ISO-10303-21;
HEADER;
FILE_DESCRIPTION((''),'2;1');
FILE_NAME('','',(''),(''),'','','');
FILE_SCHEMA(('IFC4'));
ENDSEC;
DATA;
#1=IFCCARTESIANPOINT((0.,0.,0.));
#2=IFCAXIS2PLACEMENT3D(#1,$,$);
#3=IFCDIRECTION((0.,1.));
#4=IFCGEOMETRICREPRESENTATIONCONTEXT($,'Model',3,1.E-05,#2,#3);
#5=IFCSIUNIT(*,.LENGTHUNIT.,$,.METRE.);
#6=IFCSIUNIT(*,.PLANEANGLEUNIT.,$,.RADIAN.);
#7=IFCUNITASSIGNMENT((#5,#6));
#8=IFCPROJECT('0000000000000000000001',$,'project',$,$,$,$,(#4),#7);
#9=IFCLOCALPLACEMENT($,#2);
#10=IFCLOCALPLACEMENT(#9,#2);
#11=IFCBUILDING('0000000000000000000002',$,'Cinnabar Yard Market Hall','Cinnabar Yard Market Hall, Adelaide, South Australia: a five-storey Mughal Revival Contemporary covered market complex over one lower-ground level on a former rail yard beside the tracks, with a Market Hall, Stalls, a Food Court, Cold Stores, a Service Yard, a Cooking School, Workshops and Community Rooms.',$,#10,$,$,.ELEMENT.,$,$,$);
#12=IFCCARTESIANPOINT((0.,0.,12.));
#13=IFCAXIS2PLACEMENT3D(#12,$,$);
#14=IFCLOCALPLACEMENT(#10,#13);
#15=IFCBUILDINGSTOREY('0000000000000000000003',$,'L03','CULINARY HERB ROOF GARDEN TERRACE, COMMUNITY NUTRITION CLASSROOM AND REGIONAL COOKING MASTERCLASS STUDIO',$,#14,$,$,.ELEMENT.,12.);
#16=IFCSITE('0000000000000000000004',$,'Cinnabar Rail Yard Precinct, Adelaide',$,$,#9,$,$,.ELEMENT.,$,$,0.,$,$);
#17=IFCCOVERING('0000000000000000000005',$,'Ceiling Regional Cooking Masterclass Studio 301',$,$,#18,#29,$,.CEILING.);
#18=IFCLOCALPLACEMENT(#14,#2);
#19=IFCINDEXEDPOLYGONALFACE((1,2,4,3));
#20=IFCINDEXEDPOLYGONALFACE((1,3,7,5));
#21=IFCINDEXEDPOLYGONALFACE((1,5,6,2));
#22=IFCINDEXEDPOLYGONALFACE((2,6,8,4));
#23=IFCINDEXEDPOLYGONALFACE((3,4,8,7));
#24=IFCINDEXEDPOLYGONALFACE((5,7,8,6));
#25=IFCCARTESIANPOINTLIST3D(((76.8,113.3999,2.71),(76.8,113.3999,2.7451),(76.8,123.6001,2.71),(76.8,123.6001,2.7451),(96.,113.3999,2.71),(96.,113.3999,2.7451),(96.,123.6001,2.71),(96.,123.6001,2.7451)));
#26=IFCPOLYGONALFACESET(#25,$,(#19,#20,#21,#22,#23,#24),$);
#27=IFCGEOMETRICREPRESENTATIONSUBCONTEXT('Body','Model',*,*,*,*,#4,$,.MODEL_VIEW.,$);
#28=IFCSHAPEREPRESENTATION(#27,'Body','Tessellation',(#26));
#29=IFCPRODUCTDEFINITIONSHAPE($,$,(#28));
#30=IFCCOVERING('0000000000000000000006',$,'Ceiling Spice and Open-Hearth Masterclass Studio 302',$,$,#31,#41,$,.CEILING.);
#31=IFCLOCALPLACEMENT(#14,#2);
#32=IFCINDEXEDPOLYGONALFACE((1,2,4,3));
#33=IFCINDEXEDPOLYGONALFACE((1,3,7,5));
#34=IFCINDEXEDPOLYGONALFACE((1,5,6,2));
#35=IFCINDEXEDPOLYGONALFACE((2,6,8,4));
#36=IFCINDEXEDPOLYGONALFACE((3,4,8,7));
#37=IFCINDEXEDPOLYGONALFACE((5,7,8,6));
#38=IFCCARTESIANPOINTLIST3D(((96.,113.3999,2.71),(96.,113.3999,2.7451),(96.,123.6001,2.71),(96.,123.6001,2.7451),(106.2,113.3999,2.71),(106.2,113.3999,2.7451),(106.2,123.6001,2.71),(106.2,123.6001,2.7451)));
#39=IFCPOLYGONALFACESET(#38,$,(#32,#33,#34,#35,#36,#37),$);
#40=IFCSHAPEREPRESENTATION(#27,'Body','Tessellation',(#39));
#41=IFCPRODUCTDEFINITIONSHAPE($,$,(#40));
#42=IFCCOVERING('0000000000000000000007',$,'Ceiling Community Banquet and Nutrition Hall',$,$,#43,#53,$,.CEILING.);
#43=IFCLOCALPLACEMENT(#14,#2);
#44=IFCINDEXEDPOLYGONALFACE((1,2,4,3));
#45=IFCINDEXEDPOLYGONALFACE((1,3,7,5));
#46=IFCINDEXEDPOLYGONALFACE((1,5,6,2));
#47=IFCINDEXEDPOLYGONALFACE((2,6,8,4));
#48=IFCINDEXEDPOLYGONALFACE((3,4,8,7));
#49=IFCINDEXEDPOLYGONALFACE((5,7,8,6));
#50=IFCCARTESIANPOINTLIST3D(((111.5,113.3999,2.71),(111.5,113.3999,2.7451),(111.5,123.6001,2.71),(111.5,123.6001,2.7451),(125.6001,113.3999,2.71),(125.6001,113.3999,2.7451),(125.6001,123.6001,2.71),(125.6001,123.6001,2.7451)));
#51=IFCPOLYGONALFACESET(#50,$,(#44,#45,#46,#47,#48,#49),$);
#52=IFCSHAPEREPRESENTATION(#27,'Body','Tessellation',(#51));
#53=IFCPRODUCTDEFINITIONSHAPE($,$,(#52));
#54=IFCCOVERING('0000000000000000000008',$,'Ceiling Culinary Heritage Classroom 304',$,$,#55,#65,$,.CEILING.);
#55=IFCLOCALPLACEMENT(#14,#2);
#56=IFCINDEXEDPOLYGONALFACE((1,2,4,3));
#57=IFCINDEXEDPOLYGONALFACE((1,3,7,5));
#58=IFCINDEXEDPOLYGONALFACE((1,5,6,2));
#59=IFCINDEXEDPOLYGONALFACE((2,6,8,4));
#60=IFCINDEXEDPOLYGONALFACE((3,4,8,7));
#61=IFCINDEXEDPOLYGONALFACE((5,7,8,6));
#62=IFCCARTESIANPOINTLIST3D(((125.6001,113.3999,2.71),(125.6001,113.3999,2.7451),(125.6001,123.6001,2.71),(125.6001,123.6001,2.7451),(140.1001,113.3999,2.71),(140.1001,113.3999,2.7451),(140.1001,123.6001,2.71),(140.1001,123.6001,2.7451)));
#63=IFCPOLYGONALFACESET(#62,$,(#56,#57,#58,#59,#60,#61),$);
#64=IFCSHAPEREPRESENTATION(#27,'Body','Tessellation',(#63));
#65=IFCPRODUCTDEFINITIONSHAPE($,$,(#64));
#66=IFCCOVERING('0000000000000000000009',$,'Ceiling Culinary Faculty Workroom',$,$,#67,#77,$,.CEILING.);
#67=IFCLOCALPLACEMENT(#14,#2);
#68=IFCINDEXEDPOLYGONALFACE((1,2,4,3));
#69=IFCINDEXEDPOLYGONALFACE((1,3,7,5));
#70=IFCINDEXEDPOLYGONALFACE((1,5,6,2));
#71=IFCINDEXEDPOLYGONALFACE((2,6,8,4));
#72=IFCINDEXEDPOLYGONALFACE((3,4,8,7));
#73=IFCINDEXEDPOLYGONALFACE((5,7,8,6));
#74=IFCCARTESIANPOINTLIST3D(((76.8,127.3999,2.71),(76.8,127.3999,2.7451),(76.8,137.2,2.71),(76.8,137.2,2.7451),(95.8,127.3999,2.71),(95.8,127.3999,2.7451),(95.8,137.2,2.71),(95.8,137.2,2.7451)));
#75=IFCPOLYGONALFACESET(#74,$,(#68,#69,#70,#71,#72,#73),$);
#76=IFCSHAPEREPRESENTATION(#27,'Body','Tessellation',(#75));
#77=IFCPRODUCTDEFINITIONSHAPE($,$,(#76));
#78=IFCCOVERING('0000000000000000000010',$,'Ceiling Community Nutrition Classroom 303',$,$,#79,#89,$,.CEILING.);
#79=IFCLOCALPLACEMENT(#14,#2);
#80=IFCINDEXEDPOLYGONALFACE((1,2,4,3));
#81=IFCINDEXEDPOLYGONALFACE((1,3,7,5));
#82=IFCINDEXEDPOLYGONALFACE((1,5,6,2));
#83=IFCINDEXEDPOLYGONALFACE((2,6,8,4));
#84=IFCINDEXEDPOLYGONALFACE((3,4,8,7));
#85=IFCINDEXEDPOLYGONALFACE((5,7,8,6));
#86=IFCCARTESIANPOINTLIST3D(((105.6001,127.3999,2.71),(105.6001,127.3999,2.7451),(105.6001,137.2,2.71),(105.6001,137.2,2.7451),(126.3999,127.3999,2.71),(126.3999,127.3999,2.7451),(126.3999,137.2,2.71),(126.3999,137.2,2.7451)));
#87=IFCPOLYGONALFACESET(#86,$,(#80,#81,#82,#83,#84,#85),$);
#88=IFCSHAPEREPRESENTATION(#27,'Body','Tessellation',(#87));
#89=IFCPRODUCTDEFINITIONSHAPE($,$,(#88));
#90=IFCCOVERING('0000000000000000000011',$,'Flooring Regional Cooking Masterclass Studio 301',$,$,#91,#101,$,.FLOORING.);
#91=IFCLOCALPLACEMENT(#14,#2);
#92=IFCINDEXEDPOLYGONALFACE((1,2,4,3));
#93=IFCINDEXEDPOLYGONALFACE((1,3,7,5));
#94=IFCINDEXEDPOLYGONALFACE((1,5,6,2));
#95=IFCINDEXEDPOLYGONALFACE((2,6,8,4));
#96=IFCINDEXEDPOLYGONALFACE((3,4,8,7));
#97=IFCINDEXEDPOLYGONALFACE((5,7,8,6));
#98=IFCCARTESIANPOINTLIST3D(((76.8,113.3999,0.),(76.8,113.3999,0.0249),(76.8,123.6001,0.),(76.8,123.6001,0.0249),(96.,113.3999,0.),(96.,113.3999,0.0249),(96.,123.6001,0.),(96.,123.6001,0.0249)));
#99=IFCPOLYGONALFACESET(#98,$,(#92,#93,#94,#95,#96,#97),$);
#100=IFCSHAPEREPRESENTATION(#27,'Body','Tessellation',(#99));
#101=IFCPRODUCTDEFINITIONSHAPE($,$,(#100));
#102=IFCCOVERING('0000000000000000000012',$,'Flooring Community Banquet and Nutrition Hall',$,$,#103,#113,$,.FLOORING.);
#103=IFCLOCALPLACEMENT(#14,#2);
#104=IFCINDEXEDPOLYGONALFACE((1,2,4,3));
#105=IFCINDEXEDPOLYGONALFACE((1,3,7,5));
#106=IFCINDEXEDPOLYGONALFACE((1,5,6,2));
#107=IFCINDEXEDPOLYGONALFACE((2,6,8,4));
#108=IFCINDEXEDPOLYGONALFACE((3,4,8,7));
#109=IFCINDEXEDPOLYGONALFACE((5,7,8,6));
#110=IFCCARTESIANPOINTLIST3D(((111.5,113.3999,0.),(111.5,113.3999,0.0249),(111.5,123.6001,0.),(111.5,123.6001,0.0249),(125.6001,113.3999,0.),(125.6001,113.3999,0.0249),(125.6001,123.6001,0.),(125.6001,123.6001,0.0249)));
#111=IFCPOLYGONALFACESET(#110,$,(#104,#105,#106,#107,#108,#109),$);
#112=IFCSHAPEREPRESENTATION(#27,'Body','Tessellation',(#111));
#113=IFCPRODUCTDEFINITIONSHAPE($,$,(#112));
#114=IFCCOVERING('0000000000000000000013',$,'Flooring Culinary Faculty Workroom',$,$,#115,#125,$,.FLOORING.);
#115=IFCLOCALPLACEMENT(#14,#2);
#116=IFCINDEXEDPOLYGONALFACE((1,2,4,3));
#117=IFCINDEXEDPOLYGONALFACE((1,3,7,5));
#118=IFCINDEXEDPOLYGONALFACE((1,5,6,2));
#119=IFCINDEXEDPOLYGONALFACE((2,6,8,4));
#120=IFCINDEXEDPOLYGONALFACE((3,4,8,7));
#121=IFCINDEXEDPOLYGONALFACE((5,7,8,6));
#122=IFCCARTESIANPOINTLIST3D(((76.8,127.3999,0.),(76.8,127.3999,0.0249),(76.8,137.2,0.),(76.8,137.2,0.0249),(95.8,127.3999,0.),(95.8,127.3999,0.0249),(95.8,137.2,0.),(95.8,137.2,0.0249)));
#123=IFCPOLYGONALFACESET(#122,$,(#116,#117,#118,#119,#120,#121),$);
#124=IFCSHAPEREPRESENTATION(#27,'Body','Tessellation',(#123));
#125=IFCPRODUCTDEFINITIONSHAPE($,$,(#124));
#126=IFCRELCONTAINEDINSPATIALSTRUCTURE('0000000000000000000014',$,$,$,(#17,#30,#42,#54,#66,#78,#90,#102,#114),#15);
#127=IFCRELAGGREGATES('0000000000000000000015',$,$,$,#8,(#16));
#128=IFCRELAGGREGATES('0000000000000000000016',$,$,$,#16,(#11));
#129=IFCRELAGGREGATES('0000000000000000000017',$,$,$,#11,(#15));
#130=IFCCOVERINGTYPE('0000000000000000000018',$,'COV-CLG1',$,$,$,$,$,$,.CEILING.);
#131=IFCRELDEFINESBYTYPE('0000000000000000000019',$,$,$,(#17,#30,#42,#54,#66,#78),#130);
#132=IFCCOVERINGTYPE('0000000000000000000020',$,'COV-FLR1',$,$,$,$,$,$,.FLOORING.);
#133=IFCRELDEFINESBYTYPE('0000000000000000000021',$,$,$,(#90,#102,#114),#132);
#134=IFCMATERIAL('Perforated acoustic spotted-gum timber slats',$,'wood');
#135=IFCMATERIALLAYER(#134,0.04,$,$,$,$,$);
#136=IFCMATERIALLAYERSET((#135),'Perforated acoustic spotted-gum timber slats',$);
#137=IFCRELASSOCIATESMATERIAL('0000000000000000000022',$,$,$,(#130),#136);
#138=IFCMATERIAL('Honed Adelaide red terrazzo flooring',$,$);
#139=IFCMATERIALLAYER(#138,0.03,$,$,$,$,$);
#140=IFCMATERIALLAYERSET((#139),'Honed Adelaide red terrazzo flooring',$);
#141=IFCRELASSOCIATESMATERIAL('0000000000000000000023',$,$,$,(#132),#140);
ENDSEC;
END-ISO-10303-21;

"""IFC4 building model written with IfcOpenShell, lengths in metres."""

from ifc_helpers import new_model, si_unit, direction, frame, origin, place, context, subcontext, project, spatial, polyline, outline, extrude, material, layer, layer_set, type_object, element, save


model = new_model("IFC4")

# Units and contexts
model_context = context("Model", 3, precision=1e-05, world=origin(), true_north=direction((0.0, 1.0)))
body_context = subcontext(model_context, "Body", "Model", "MODEL_VIEW")
ifc_project = project(units=[si_unit("LENGTHUNIT", "METRE"), si_unit("PLANEANGLEUNIT", "RADIAN")], contexts=[model_context])

# Site, building, storey
site_placement = place(None, origin())
site = spatial("IfcSite", under=ifc_project, at=site_placement, Name="Cinnabar Rail Yard Precinct, Adelaide", CompositionType="ELEMENT", RefElevation=0.0)
building_placement = place(site_placement, origin())
building = spatial("IfcBuilding", under=site, at=building_placement, Name="Cinnabar Yard Market Hall", Description="Cinnabar Yard Market Hall, Adelaide, South Australia: a five-storey Mughal Revival Contemporary covered market complex over one lower-ground level on a former rail yard beside the tracks, with a Market Hall, Stalls, a Food Court, Cold Stores, a Service Yard, a Cooking School, Workshops and Community Rooms.", CompositionType="ELEMENT")
storey_placement = place(building_placement, frame((0.0, 0.0, 12.0)))
storey = spatial("IfcBuildingStorey", under=building, at=storey_placement, Name="L03", Description="CULINARY HERB ROOF GARDEN TERRACE, COMMUNITY NUTRITION CLASSROOM AND REGIONAL COOKING MASTERCLASS STUDIO", CompositionType="ELEMENT", Elevation=12.0)

# Coverings
ifc_material_1 = material(Name="Perforated acoustic spotted-gum timber slats", Category="wood")
ifc_layer_1 = layer(ifc_material_1, 0.04)
ifc_layer_set_1 = layer_set([ifc_layer_1], Name="Perforated acoustic spotted-gum timber slats")
covering_type_1 = type_object("IfcCoveringType", Name="COV-CLG1", PredefinedType="CEILING", material=ifc_layer_set_1)
covering_1_placement = place(storey_placement, frame((0.0, 0.0, 2.71)))
element("IfcCovering", 1, at=covering_1_placement, inside=storey, type_object=covering_type_1, Name="Ceiling Regional Cooking Masterclass Studio 301", PredefinedType="CEILING", context=body_context, shape_type="SweptSolid", body=[
    extrude(outline(polyline([(76.8, 113.3999), (96.0, 113.3999), (96.0, 123.6001), (76.8, 123.6001), (76.8, 113.3999)])), origin(), (0.0, 0.0, 1.0), 0.0352),
])
covering_2_placement = place(storey_placement, frame((0.0, 0.0, 2.71)))
element("IfcCovering", 2, at=covering_2_placement, inside=storey, type_object=covering_type_1, Name="Ceiling Spice and Open-Hearth Masterclass Studio 302", PredefinedType="CEILING", context=body_context, shape_type="SweptSolid", body=[
    extrude(outline(polyline([(96.0, 113.3999), (106.2, 113.3999), (106.2, 123.6001), (96.0, 123.6001), (96.0, 113.3999)])), origin(), (0.0, 0.0, 1.0), 0.0352),
])
covering_3_placement = place(storey_placement, frame((0.0, 0.0, 2.71)))
element("IfcCovering", 3, at=covering_3_placement, inside=storey, type_object=covering_type_1, Name="Ceiling Community Banquet and Nutrition Hall", PredefinedType="CEILING", context=body_context, shape_type="SweptSolid", body=[
    extrude(outline(polyline([(111.5, 113.3999), (125.6001, 113.3999), (125.6001, 123.6001), (111.5, 123.6001), (111.5, 113.3999)])), origin(), (0.0, 0.0, 1.0), 0.0352),
])
covering_4_placement = place(storey_placement, frame((0.0, 0.0, 2.71)))
element("IfcCovering", 4, at=covering_4_placement, inside=storey, type_object=covering_type_1, Name="Ceiling Culinary Heritage Classroom 304", PredefinedType="CEILING", context=body_context, shape_type="SweptSolid", body=[
    extrude(outline(polyline([(125.6001, 113.3999), (140.1001, 113.3999), (140.1001, 123.6001), (125.6001, 123.6001), (125.6001, 113.3999)])), origin(), (0.0, 0.0, 1.0), 0.0352),
])
covering_5_placement = place(storey_placement, frame((0.0, 0.0, 2.71)))
element("IfcCovering", 5, at=covering_5_placement, inside=storey, type_object=covering_type_1, Name="Ceiling Culinary Faculty Workroom", PredefinedType="CEILING", context=body_context, shape_type="SweptSolid", body=[
    extrude(outline(polyline([(76.8, 127.3999), (95.8, 127.3999), (95.8, 137.2), (76.8, 137.2), (76.8, 127.3999)])), origin(), (0.0, 0.0, 1.0), 0.0352),
])
covering_6_placement = place(storey_placement, frame((0.0, 0.0, 2.71)))
element("IfcCovering", 6, at=covering_6_placement, inside=storey, type_object=covering_type_1, Name="Ceiling Community Nutrition Classroom 303", PredefinedType="CEILING", context=body_context, shape_type="SweptSolid", body=[
    extrude(outline(polyline([(105.6001, 127.3999), (126.3999, 127.3999), (126.3999, 137.2), (105.6001, 137.2), (105.6001, 127.3999)])), origin(), (0.0, 0.0, 1.0), 0.0352),
])
ifc_material_2 = material(Name="Honed Adelaide red terrazzo flooring")
ifc_layer_2 = layer(ifc_material_2, 0.03)
ifc_layer_set_2 = layer_set([ifc_layer_2], Name="Honed Adelaide red terrazzo flooring")
covering_type_2 = type_object("IfcCoveringType", Name="COV-FLR1", PredefinedType="FLOORING", material=ifc_layer_set_2)
covering_7_placement = place(storey_placement, origin())
element("IfcCovering", 7, at=covering_7_placement, inside=storey, type_object=covering_type_2, Name="Flooring Regional Cooking Masterclass Studio 301", PredefinedType="FLOORING", context=body_context, shape_type="SweptSolid", body=[
    extrude(outline(polyline([(76.8, 113.3999), (96.0, 113.3999), (96.0, 123.6001), (76.8, 123.6001), (76.8, 113.3999)])), origin(), (0.0, 0.0, 1.0), 0.0249),
])
covering_8_placement = place(storey_placement, origin())
element("IfcCovering", 8, at=covering_8_placement, inside=storey, type_object=covering_type_2, Name="Flooring Community Banquet and Nutrition Hall", PredefinedType="FLOORING", context=body_context, shape_type="SweptSolid", body=[
    extrude(outline(polyline([(111.5, 113.3999), (125.6001, 113.3999), (125.6001, 123.6001), (111.5, 123.6001), (111.5, 113.3999)])), origin(), (0.0, 0.0, 1.0), 0.0249),
])
covering_9_placement = place(storey_placement, origin())
element("IfcCovering", 9, at=covering_9_placement, inside=storey, type_object=covering_type_2, Name="Flooring Culinary Faculty Workroom", PredefinedType="FLOORING", context=body_context, shape_type="SweptSolid", body=[
    extrude(outline(polyline([(76.8, 127.3999), (95.8, 127.3999), (95.8, 137.2), (76.8, 137.2), (76.8, 127.3999)])), origin(), (0.0, 0.0, 1.0), 0.0249),
])

save(model, "model.ifc")
